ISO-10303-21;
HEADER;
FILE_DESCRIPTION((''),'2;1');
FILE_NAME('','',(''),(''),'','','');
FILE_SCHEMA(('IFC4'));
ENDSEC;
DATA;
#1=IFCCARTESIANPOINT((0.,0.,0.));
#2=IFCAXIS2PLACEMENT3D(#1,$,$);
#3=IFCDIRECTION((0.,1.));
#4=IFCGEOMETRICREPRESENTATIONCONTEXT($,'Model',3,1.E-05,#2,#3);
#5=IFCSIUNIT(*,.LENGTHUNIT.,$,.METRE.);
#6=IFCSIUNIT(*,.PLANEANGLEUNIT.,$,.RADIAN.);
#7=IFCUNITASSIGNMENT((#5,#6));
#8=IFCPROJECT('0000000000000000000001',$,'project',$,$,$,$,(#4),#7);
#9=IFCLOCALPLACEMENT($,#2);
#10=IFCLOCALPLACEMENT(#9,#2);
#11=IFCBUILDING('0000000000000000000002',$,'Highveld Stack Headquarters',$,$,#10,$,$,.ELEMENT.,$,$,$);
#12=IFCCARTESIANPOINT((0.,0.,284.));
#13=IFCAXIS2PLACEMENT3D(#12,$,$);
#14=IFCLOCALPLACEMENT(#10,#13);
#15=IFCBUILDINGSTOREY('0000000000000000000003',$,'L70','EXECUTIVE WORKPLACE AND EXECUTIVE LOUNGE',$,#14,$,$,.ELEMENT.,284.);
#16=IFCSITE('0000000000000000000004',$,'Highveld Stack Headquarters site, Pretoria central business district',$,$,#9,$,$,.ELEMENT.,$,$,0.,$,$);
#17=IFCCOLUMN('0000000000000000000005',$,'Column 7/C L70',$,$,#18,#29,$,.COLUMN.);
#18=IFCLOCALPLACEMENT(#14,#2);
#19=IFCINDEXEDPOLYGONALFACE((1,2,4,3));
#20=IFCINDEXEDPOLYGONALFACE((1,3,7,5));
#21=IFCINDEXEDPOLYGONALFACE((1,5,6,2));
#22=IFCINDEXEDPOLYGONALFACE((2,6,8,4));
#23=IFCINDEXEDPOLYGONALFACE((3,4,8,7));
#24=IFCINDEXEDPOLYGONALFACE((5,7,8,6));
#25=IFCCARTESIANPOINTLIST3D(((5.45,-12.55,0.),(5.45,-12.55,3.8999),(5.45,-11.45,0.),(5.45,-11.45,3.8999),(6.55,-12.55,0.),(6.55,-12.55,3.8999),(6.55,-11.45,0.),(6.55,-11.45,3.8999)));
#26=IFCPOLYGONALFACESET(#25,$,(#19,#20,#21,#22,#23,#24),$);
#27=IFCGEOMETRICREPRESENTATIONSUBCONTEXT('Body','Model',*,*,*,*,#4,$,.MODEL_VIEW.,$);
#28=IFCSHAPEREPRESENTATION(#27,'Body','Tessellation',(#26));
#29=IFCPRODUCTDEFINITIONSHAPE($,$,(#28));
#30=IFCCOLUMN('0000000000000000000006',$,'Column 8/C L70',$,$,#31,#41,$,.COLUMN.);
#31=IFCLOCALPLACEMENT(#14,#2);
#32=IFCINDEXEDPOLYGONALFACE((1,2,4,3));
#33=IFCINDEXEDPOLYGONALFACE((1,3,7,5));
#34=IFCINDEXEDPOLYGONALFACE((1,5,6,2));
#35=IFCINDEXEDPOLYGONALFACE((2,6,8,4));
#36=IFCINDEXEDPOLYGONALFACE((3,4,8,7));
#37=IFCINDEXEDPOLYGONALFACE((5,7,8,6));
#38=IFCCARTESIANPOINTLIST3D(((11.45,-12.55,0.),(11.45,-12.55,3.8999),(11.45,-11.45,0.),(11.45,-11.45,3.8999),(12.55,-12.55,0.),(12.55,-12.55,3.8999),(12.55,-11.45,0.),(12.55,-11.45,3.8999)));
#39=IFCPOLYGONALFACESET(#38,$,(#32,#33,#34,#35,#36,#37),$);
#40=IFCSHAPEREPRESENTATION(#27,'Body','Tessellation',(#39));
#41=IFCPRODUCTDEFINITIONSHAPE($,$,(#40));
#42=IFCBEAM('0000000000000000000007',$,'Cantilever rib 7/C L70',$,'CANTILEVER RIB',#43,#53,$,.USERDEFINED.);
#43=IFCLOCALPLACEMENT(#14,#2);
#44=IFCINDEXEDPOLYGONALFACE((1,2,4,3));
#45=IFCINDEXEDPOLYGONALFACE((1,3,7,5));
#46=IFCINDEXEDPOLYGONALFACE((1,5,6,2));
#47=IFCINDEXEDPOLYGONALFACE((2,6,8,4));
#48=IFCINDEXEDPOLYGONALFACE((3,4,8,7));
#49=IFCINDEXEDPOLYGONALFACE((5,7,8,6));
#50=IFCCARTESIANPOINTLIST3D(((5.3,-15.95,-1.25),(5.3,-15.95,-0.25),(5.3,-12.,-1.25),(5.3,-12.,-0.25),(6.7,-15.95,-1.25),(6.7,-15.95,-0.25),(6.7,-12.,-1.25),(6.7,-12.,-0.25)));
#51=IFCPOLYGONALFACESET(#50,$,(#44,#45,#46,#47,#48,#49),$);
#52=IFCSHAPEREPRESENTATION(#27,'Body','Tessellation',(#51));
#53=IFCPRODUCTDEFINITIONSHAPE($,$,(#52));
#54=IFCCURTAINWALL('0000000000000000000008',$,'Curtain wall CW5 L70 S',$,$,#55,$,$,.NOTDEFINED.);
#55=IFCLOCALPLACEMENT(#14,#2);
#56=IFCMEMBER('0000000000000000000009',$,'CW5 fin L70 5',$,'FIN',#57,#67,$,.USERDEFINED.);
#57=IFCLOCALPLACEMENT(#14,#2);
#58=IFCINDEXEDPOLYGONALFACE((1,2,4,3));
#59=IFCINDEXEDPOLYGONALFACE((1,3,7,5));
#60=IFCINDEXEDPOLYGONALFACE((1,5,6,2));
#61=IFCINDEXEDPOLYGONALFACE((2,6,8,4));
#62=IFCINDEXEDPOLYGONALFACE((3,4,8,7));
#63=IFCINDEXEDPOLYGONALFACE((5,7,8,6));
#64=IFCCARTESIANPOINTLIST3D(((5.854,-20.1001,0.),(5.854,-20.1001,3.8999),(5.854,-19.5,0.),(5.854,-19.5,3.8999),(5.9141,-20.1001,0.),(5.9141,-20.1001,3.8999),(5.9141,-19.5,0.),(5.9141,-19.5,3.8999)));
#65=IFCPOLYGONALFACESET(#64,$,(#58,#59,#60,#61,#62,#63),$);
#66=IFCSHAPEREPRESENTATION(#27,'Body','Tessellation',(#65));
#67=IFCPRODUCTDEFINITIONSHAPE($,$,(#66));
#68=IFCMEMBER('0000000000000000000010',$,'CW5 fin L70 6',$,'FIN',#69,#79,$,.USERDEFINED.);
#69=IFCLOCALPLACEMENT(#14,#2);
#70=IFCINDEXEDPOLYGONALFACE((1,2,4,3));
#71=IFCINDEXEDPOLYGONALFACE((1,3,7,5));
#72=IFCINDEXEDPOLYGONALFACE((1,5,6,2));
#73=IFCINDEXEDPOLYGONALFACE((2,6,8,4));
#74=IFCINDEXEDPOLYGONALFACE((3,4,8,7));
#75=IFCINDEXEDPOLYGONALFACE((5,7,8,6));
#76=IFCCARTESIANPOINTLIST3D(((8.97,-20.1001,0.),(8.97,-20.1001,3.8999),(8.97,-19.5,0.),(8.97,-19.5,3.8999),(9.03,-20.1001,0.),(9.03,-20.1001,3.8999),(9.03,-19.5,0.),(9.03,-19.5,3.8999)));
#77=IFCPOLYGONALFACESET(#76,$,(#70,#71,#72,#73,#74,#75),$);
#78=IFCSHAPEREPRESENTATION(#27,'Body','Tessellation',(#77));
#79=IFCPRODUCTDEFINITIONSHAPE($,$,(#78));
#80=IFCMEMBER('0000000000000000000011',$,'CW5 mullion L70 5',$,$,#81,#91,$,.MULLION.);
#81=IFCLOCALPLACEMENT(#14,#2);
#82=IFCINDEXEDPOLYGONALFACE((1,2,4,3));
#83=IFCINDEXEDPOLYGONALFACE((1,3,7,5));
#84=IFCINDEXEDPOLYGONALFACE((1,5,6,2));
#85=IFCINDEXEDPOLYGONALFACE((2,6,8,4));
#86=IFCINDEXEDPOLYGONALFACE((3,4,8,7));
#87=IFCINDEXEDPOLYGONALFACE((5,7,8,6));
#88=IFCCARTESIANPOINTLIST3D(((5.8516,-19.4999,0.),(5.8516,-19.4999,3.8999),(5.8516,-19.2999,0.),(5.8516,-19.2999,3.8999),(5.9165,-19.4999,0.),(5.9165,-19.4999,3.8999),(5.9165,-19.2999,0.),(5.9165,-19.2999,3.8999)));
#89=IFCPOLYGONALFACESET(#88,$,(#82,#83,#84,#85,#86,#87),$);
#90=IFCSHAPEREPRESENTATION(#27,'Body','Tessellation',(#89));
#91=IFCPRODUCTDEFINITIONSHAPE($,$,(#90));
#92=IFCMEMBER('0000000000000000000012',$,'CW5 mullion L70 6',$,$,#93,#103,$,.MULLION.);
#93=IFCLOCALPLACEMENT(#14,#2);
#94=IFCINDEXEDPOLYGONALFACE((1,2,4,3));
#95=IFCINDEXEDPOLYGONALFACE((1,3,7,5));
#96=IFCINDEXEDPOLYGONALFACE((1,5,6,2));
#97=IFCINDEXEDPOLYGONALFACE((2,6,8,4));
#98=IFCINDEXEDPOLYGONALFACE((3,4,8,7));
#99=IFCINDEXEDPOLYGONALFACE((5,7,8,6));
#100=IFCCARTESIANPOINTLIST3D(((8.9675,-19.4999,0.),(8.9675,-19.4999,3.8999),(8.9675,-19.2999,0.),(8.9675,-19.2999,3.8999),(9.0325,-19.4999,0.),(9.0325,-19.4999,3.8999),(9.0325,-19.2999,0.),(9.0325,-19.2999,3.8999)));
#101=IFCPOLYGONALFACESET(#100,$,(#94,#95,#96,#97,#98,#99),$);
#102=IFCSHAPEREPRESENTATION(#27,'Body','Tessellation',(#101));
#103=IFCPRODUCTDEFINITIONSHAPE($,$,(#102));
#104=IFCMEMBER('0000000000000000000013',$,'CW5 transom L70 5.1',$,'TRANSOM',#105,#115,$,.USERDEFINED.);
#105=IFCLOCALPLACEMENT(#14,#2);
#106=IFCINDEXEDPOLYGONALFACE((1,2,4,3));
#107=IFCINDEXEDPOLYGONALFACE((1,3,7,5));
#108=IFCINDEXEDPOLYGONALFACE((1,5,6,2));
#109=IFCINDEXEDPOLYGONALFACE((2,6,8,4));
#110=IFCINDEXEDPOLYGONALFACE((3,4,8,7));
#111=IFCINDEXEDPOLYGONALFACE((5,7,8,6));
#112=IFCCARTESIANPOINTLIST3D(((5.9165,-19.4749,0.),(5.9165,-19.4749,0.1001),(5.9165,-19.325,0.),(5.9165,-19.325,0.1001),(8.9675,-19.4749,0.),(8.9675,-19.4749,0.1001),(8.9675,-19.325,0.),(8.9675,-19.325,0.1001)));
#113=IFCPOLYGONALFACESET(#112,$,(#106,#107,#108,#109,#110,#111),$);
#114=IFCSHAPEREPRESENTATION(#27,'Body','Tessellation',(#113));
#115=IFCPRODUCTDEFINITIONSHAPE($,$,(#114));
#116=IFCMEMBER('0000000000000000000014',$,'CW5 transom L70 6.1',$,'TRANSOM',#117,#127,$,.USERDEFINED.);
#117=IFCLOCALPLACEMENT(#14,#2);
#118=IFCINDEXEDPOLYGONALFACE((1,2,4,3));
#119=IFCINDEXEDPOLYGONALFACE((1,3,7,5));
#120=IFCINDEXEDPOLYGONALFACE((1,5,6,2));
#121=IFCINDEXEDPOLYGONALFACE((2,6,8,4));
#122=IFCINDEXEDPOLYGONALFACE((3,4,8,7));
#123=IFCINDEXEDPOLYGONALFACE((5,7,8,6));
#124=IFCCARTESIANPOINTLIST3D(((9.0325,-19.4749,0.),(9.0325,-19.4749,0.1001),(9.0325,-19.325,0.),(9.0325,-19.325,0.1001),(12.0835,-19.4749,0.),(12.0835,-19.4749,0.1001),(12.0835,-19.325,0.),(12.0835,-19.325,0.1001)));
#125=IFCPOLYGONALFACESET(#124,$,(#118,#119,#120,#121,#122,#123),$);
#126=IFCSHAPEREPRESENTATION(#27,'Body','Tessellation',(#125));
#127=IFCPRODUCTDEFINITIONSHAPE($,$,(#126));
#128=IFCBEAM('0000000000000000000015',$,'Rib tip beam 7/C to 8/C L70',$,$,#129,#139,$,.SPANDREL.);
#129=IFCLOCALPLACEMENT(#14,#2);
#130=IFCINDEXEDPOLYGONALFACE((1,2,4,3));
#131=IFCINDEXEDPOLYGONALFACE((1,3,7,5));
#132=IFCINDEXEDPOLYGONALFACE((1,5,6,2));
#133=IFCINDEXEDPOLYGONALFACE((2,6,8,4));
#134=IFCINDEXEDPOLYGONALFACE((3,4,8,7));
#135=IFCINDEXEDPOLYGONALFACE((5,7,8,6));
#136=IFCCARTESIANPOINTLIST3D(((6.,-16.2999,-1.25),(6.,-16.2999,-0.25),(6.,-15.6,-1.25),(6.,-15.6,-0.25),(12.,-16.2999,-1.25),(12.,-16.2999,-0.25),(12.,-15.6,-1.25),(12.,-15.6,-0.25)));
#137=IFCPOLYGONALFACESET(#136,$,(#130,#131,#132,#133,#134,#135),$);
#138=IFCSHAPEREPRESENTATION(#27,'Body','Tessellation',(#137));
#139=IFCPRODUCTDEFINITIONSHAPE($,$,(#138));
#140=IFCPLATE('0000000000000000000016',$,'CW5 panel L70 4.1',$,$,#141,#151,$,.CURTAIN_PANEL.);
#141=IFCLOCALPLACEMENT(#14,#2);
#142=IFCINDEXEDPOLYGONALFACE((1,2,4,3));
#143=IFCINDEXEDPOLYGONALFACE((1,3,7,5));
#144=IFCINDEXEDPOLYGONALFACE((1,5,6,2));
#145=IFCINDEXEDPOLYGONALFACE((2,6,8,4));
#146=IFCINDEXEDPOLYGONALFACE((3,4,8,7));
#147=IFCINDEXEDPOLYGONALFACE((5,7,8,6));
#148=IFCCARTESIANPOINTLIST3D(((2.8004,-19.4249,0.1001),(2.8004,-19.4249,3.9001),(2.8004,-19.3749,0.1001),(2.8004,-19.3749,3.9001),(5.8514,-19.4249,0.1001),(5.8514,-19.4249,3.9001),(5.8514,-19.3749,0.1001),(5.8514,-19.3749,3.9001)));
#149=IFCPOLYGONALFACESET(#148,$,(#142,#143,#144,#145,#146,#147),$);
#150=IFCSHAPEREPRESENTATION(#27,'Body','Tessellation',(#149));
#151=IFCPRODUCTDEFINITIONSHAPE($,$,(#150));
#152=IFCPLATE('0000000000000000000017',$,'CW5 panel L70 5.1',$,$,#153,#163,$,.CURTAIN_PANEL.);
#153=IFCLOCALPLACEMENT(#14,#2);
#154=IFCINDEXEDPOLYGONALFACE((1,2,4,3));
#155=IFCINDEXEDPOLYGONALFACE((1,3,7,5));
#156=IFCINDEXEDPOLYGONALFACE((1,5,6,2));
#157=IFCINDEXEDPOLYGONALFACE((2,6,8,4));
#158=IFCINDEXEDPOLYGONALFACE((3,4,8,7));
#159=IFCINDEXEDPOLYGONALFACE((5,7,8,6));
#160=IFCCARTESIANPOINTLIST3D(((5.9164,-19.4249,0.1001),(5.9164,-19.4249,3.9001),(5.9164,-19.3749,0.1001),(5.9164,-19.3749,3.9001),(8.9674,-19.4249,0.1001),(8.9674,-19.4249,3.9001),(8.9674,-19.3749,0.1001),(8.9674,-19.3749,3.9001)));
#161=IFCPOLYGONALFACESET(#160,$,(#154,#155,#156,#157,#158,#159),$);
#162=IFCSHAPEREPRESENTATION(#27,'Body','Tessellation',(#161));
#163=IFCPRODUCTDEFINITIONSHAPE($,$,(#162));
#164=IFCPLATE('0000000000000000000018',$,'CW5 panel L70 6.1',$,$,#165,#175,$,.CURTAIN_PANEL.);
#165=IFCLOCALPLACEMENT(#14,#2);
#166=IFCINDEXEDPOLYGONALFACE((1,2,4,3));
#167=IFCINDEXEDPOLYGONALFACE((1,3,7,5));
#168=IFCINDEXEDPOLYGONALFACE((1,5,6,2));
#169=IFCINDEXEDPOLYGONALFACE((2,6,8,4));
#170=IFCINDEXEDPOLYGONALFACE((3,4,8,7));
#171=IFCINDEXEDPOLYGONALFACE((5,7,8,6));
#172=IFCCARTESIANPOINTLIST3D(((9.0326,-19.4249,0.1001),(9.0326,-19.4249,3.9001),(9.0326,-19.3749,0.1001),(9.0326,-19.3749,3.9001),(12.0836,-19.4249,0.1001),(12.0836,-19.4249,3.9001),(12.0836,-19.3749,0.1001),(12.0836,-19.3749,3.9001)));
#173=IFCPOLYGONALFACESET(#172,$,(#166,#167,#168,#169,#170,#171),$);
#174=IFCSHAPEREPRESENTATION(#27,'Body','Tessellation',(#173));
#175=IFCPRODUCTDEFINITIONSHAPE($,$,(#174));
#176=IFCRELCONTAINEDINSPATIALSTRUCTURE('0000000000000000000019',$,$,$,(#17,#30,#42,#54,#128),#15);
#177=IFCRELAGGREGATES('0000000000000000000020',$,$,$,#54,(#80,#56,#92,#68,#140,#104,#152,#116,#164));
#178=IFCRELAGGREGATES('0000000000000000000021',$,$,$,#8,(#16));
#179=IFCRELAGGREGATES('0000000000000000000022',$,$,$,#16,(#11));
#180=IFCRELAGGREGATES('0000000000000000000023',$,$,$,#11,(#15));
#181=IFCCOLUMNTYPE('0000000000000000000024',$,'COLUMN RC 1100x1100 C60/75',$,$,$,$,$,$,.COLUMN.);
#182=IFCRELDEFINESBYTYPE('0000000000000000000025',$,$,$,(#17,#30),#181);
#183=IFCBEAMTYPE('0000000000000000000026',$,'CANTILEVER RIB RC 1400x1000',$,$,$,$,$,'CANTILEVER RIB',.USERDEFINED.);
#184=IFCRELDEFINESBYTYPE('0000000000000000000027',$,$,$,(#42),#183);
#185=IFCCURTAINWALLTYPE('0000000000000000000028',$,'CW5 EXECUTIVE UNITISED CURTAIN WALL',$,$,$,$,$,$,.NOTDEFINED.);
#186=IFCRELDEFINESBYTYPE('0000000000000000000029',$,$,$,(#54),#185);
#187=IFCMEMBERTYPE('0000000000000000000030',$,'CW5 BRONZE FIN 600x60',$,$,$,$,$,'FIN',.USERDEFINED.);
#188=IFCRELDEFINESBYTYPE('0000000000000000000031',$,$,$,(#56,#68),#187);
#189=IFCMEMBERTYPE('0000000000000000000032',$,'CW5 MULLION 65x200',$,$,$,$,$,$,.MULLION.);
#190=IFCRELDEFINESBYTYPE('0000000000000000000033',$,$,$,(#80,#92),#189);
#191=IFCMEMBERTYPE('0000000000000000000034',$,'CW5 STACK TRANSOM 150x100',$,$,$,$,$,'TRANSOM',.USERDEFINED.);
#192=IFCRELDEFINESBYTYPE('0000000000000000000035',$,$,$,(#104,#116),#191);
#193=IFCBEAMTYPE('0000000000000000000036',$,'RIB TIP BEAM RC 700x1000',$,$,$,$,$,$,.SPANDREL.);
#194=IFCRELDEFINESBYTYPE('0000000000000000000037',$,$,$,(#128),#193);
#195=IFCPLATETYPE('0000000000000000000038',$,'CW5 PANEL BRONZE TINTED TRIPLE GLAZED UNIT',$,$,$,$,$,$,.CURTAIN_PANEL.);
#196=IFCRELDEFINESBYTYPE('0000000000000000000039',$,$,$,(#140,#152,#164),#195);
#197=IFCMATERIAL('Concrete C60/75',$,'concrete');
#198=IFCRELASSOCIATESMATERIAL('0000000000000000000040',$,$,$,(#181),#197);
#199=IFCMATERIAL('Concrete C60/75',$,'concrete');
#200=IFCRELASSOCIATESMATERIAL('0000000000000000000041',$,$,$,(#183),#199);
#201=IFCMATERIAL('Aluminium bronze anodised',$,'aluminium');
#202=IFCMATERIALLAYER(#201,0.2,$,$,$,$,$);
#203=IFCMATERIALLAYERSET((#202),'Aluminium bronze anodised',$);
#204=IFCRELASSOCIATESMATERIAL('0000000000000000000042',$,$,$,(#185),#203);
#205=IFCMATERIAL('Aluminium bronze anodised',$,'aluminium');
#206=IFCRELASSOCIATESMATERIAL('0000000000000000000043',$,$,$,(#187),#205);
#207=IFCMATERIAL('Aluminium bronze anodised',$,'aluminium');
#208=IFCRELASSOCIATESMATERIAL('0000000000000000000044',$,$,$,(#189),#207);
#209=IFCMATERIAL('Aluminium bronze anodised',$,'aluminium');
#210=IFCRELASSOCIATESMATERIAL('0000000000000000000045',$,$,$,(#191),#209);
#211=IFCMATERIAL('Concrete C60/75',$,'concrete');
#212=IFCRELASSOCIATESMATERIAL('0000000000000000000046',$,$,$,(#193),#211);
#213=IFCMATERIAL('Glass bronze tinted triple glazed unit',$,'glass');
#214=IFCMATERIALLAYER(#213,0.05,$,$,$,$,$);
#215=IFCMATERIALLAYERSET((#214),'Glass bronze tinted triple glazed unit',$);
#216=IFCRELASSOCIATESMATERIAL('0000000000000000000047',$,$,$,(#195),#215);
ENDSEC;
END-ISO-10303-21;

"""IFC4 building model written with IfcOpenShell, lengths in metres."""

from ifc_helpers import new_model, si_unit, direction, frame, origin, origin_2d, place, context, subcontext, project, spatial, rectangle, extrude, material, layer, layer_set, material_profile, profile_set, type_object, element, aggregate, save


model = new_model("IFC4")

# Units and contexts
model_context = context("Model", 3, precision=1e-05, world=origin(), true_north=direction((0.0, 1.0)))
body_context = subcontext(model_context, "Body", "Model", "MODEL_VIEW")
ifc_project = project(units=[si_unit("LENGTHUNIT", "METRE"), si_unit("PLANEANGLEUNIT", "RADIAN")], contexts=[model_context])

# Site, building, storey
site_placement = place(None, origin())
site = spatial("IfcSite", under=ifc_project, at=site_placement, Name="Highveld Stack Headquarters site, Pretoria central business district", CompositionType="ELEMENT", RefElevation=0.0)
building_placement = place(site_placement, origin())
building = spatial("IfcBuilding", under=site, at=building_placement, Name="Highveld Stack Headquarters", CompositionType="ELEMENT")
storey_placement = place(building_placement, frame((0.0, 0.0, 284.0)))
storey = spatial("IfcBuildingStorey", under=building, at=storey_placement, Name="L70", Description="EXECUTIVE WORKPLACE AND EXECUTIVE LOUNGE", CompositionType="ELEMENT", Elevation=284.0)

# Columns
ifc_material_1 = material(Name="Concrete C60/75", Category="concrete")
ifc_material_profile_1 = material_profile(ifc_material_1, rectangle(XDim=1.1001, YDim=1.1001, at=origin_2d()), Name="RC 1100x1100")
ifc_profile_set_1 = profile_set([ifc_material_profile_1], Name="Concrete C60/75")
column_type = type_object("IfcColumnType", Name="COLUMN RC 1100x1100 C60/75", PredefinedType="COLUMN", material=ifc_profile_set_1)
for number, where, z_axis, x_axis, name in (
    (1, (6.0, -12.0, 0.0), (0.0, 0.0, 1.0), (1.0, 0.0, 0.0), "Column 7/C L70"),
    (2, (12.0, -12.0, 0.0), (0.0, 0.0, 1.0), (1.0, 0.0, 0.0), "Column 8/C L70"),
):
    element("IfcColumn", number, at=place(storey_placement, frame(where, z_axis=z_axis, x_axis=x_axis)), inside=storey, type_object=column_type, Name=name, PredefinedType="COLUMN", context=body_context, shape_type="SweptSolid", body=[
        extrude(rectangle(XDim=1.1001, YDim=1.1001, at=origin_2d()), origin(), (0.0, 0.0, 1.0), 3.8999),
    ])

# Beam
ifc_material_2 = material(Name="Concrete C60/75", Category="concrete")
ifc_material_profile_2 = material_profile(ifc_material_2, rectangle(XDim=1.3999, YDim=1.0, at=origin_2d()), Name="RC 1400x1000")
ifc_profile_set_2 = profile_set([ifc_material_profile_2], Name="Concrete C60/75")
beam_type_1 = type_object("IfcBeamType", Name="CANTILEVER RIB RC 1400x1000", ElementType="CANTILEVER RIB", PredefinedType="USERDEFINED", material=ifc_profile_set_2)
beam_1_placement = place(storey_placement, frame((6.0, -12.0, -0.75), z_axis=(0.0, -1.0, 0.0), x_axis=(1.0, 0.0, 0.0)))
element("IfcBeam", 3, at=beam_1_placement, inside=storey, type_object=beam_type_1, Name="Cantilever rib 7/C L70", ObjectType="CANTILEVER RIB", PredefinedType="USERDEFINED", context=body_context, shape_type="SweptSolid", body=[
    extrude(rectangle(XDim=1.3999, YDim=1.0, at=origin_2d()), origin(), (0.0, 0.0, 1.0), 3.95),
])

# Curtain wall, members
ifc_material_3 = material(Name="Aluminium bronze anodised", Category="aluminium")
ifc_layer_1 = layer(ifc_material_3, 0.2)
ifc_layer_set_1 = layer_set([ifc_layer_1], Name="Aluminium bronze anodised")
curtain_wall_type = type_object("IfcCurtainWallType", Name="CW5 EXECUTIVE UNITISED CURTAIN WALL", PredefinedType="NOTDEFINED", material=ifc_layer_set_1)
curtain_wall_placement = place(storey_placement, origin())
curtain_wall = element("IfcCurtainWall", 4, at=curtain_wall_placement, inside=storey, type_object=curtain_wall_type, Name="Curtain wall CW5 L70 S", PredefinedType="NOTDEFINED")
ifc_material_4 = material(Name="Aluminium bronze anodised", Category="aluminium")
ifc_material_profile_3 = material_profile(ifc_material_4, rectangle(XDim=0.6001, YDim=0.0601, at=origin_2d()), Name="FIN 600x60")
ifc_profile_set_3 = profile_set([ifc_material_profile_3], Name="Aluminium bronze anodised")
member_type_1 = type_object("IfcMemberType", Name="CW5 BRONZE FIN 600x60", ElementType="FIN", PredefinedType="USERDEFINED", material=ifc_profile_set_3)
member_1_placement = place(storey_placement, frame((5.884, -19.8, 0.0), z_axis=(0.0, 0.0, 1.0), x_axis=(0.0, 1.0, 0.0)))
member_1 = element("IfcMember", 5, at=member_1_placement, type_object=member_type_1, Name="CW5 fin L70 5", ObjectType="FIN", PredefinedType="USERDEFINED", context=body_context, shape_type="SweptSolid", body=[
    extrude(rectangle(XDim=0.6001, YDim=0.0601, at=origin_2d()), origin(), (0.0, 0.0, 1.0), 3.8999),
])
member_2_placement = place(storey_placement, frame((9.0, -19.8, 0.0), z_axis=(0.0, 0.0, 1.0), x_axis=(0.0, 1.0, 0.0)))
member_2 = element("IfcMember", 6, at=member_2_placement, type_object=member_type_1, Name="CW5 fin L70 6", ObjectType="FIN", PredefinedType="USERDEFINED", context=body_context, shape_type="SweptSolid", body=[
    extrude(rectangle(XDim=0.6001, YDim=0.0601, at=origin_2d()), origin(), (0.0, 0.0, 1.0), 3.8999),
])
ifc_material_5 = material(Name="Aluminium bronze anodised", Category="aluminium")
ifc_material_profile_4 = material_profile(ifc_material_5, rectangle(XDim=0.2, YDim=0.0649, at=origin_2d()), Name="CW5 MULLION 65x200")
ifc_profile_set_4 = profile_set([ifc_material_profile_4], Name="Aluminium bronze anodised")
member_type_2 = type_object("IfcMemberType", Name="CW5 MULLION 65x200", PredefinedType="MULLION", material=ifc_profile_set_4)
member_3_placement = place(storey_placement, frame((5.884, -19.3999, 0.0), z_axis=(0.0, 0.0, 1.0), x_axis=(0.0, 1.0, 0.0)))
member_3 = element("IfcMember", 7, at=member_3_placement, type_object=member_type_2, Name="CW5 mullion L70 5", PredefinedType="MULLION", context=body_context, shape_type="SweptSolid", body=[
    extrude(rectangle(XDim=0.2, YDim=0.0649, at=origin_2d()), origin(), (0.0, 0.0, 1.0), 3.8999),
])
member_4_placement = place(storey_placement, frame((9.0, -19.3999, 0.0), z_axis=(0.0, 0.0, 1.0), x_axis=(0.0, 1.0, 0.0)))
member_4 = element("IfcMember", 8, at=member_4_placement, type_object=member_type_2, Name="CW5 mullion L70 6", PredefinedType="MULLION", context=body_context, shape_type="SweptSolid", body=[
    extrude(rectangle(XDim=0.2, YDim=0.0649, at=origin_2d()), origin(), (0.0, 0.0, 1.0), 3.8999),
])
ifc_material_6 = material(Name="Aluminium bronze anodised", Category="aluminium")
ifc_material_profile_5 = material_profile(ifc_material_6, rectangle(XDim=0.1499, YDim=0.1001, at=origin_2d()), Name="CW5 TRANSOM 150x100")
ifc_profile_set_5 = profile_set([ifc_material_profile_5], Name="Aluminium bronze anodised")
member_type_3 = type_object("IfcMemberType", Name="CW5 STACK TRANSOM 150x100", ElementType="TRANSOM", PredefinedType="USERDEFINED", material=ifc_profile_set_5)
member_5_placement = place(storey_placement, frame((5.9165, -19.3999, 0.05), z_axis=(1.0, 0.0, 0.0), x_axis=(0.0, 1.0, 0.0)))
member_5 = element("IfcMember", 9, at=member_5_placement, type_object=member_type_3, Name="CW5 transom L70 5.1", ObjectType="TRANSOM", PredefinedType="USERDEFINED", context=body_context, shape_type="SweptSolid", body=[
    extrude(rectangle(XDim=0.1499, YDim=0.1001, at=origin_2d()), origin(), (0.0, 0.0, 1.0), 3.051),
])
member_6_placement = place(storey_placement, frame((9.0325, -19.3999, 0.05), z_axis=(1.0, 0.0, 0.0), x_axis=(0.0, 1.0, 0.0)))
member_6 = element("IfcMember", 10, at=member_6_placement, type_object=member_type_3, Name="CW5 transom L70 6.1", ObjectType="TRANSOM", PredefinedType="USERDEFINED", context=body_context, shape_type="SweptSolid", body=[
    extrude(rectangle(XDim=0.1499, YDim=0.1001, at=origin_2d()), origin(), (0.0, 0.0, 1.0), 3.051),
])

# Beam
ifc_material_7 = material(Name="Concrete C60/75", Category="concrete")
ifc_material_profile_6 = material_profile(ifc_material_7, rectangle(XDim=0.7, YDim=1.0, at=origin_2d()), Name="RC 700x1000")
ifc_profile_set_6 = profile_set([ifc_material_profile_6], Name="Concrete C60/75")
beam_type_2 = type_object("IfcBeamType", Name="RIB TIP BEAM RC 700x1000", PredefinedType="SPANDREL", material=ifc_profile_set_6)
beam_2_placement = place(storey_placement, frame((6.0, -15.95, -0.75), z_axis=(1.0, 0.0, 0.0), x_axis=(0.0, 1.0, 0.0)))
element("IfcBeam", 11, at=beam_2_placement, inside=storey, type_object=beam_type_2, Name="Rib tip beam 7/C to 8/C L70", PredefinedType="SPANDREL", context=body_context, shape_type="SweptSolid", body=[
    extrude(rectangle(XDim=0.7, YDim=1.0, at=origin_2d()), origin(), (0.0, 0.0, 1.0), 6.0),
])

# Plates
ifc_material_8 = material(Name="Glass bronze tinted triple glazed unit", Category="glass")
ifc_layer_2 = layer(ifc_material_8, 0.05)
ifc_layer_set_2 = layer_set([ifc_layer_2], Name="Glass bronze tinted triple glazed unit")
plate_type = type_object("IfcPlateType", Name="CW5 PANEL BRONZE TINTED TRIPLE GLAZED UNIT", PredefinedType="CURTAIN_PANEL", material=ifc_layer_set_2)
plate_1_placement = place(storey_placement, frame((4.3259, -19.3999, 0.1001), z_axis=(0.0, 0.0, 1.0), x_axis=(1.0, 0.0, 0.0)))
plate_1 = element("IfcPlate", 12, at=plate_1_placement, type_object=plate_type, Name="CW5 panel L70 4.1", PredefinedType="CURTAIN_PANEL", context=body_context, shape_type="SweptSolid", body=[
    extrude(rectangle(XDim=3.051, YDim=0.05, at=origin_2d()), origin(), (0.0, 0.0, 1.0), 3.8),
])
plate_2_placement = place(storey_placement, frame((7.4419, -19.3999, 0.1001), z_axis=(0.0, 0.0, 1.0), x_axis=(1.0, 0.0, 0.0)))
plate_2 = element("IfcPlate", 13, at=plate_2_placement, type_object=plate_type, Name="CW5 panel L70 5.1", PredefinedType="CURTAIN_PANEL", context=body_context, shape_type="SweptSolid", body=[
    extrude(rectangle(XDim=3.051, YDim=0.05, at=origin_2d()), origin(), (0.0, 0.0, 1.0), 3.8),
])
plate_3_placement = place(storey_placement, frame((10.5581, -19.3999, 0.1001), z_axis=(0.0, 0.0, 1.0), x_axis=(1.0, 0.0, 0.0)))
plate_3 = element("IfcPlate", 14, at=plate_3_placement, type_object=plate_type, Name="CW5 panel L70 6.1", PredefinedType="CURTAIN_PANEL", context=body_context, shape_type="SweptSolid", body=[
    extrude(rectangle(XDim=3.051, YDim=0.05, at=origin_2d()), origin(), (0.0, 0.0, 1.0), 3.8),
])
aggregate(curtain_wall, [member_3, member_1, member_4, member_2, plate_1, member_5, plate_2, member_6, plate_3])

save(model, "model.ifc")
